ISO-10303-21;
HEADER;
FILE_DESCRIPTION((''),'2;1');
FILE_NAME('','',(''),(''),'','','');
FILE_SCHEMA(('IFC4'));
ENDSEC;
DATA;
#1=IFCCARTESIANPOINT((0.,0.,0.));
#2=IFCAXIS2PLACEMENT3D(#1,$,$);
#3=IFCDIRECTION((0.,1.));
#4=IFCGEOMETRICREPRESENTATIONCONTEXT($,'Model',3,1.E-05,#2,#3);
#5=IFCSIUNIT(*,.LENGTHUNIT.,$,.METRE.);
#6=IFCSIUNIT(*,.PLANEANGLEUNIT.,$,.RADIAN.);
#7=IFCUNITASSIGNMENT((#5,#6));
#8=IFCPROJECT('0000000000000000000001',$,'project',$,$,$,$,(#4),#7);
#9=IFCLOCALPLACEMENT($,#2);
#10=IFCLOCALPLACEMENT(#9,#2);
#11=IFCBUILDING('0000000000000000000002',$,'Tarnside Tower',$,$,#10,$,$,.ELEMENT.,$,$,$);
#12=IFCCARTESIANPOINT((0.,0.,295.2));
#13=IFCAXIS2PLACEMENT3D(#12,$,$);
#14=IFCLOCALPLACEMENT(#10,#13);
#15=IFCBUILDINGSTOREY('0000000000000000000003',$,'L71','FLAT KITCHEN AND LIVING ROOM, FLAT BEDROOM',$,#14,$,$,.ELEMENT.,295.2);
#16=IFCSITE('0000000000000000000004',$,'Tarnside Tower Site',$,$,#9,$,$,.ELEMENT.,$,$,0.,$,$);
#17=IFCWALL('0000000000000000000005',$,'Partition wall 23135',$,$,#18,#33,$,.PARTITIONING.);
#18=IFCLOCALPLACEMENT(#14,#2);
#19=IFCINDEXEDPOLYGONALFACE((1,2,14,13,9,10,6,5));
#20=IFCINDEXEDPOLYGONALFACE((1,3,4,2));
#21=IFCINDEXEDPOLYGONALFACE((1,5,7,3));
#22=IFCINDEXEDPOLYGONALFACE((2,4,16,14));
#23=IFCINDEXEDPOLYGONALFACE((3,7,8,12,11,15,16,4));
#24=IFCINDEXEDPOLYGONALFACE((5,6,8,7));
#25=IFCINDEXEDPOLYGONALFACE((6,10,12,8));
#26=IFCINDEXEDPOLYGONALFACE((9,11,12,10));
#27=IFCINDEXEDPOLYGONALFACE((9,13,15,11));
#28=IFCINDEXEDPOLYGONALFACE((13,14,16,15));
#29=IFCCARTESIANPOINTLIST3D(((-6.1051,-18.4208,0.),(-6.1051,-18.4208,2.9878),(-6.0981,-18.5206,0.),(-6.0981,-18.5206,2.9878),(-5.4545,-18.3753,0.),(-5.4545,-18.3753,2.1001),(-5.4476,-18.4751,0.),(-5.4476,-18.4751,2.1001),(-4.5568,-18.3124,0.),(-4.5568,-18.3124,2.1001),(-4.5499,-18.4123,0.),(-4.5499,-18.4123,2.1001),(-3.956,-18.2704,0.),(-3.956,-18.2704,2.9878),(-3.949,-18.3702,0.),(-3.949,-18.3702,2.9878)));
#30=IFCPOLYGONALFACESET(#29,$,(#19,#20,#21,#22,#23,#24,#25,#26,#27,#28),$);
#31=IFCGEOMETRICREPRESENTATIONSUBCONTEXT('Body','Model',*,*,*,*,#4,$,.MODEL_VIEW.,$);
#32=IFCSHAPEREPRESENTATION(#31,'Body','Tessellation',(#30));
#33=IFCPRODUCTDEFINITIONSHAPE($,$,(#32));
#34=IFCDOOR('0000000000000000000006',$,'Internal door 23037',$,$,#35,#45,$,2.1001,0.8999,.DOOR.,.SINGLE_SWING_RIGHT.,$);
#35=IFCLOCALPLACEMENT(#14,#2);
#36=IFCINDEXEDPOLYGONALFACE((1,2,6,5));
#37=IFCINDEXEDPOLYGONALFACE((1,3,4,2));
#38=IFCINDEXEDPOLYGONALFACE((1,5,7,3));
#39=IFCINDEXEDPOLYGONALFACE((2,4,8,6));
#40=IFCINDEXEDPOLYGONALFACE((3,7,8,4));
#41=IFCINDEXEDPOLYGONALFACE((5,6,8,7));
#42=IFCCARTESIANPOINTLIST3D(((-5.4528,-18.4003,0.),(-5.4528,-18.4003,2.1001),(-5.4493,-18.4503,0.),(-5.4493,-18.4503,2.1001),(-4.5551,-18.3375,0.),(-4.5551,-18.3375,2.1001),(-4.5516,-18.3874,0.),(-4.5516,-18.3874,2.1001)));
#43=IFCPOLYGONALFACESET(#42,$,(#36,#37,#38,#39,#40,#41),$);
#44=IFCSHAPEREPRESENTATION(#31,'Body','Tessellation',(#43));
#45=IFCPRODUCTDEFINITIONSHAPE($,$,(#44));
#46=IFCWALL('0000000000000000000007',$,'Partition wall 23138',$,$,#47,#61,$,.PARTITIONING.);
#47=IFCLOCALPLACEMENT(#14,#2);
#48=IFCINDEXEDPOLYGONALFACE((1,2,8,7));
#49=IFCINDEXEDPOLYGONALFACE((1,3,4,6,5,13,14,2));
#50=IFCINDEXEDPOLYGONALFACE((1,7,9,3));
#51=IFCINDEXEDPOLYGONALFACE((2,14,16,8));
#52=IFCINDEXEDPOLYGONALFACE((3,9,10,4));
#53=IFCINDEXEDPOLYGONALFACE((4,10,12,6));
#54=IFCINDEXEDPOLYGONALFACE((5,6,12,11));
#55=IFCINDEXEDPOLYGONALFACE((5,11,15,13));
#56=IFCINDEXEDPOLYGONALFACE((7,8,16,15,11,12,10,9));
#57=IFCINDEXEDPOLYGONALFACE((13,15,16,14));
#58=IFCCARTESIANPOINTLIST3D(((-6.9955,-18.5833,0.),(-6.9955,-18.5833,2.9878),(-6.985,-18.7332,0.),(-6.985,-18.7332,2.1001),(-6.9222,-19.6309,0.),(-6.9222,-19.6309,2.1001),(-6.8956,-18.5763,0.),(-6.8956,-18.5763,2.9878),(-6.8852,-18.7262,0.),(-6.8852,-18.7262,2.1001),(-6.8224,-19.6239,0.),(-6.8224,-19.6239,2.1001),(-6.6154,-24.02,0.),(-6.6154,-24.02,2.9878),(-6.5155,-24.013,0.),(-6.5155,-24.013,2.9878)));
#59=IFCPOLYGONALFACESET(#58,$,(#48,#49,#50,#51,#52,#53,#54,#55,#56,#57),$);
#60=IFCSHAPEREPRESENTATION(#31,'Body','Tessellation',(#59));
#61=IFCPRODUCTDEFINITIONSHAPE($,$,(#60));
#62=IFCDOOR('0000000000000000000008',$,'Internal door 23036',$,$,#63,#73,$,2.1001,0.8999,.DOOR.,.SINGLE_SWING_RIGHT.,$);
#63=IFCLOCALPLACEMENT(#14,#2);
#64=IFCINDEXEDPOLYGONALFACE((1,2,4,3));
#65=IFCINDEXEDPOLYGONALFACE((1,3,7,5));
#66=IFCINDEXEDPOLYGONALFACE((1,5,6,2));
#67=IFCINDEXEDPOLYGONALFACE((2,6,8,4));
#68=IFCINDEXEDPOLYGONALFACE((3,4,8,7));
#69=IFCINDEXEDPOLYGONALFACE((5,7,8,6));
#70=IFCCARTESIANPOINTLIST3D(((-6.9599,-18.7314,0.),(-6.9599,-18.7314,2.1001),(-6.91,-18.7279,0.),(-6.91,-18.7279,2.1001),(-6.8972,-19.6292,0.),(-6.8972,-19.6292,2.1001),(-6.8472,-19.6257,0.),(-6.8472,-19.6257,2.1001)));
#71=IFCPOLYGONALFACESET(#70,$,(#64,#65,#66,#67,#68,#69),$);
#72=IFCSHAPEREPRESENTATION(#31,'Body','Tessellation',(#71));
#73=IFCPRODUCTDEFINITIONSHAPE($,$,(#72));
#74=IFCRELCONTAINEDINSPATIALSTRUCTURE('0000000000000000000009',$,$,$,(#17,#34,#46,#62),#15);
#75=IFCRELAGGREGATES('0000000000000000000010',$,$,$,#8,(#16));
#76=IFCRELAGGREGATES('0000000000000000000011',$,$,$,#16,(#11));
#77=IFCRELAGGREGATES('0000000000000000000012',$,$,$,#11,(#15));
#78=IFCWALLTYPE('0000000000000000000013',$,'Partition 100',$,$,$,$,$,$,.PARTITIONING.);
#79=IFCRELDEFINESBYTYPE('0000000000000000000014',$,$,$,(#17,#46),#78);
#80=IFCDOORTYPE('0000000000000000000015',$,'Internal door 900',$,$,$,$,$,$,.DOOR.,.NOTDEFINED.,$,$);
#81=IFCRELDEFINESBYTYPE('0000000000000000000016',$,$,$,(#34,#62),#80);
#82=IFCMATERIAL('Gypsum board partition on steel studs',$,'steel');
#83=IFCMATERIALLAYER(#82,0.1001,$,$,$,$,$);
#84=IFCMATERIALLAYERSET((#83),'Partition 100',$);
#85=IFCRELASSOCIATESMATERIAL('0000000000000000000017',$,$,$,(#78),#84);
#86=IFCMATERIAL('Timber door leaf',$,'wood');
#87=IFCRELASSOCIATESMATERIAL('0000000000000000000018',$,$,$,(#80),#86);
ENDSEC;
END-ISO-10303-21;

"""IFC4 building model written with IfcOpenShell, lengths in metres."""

from ifc_helpers import new_model, si_unit, direction, frame, frame_2d, origin, place, context, subcontext, project, spatial, rectangle, extrude, material, layer, layer_set, type_object, element, fill, save


model = new_model("IFC4")

# Units and contexts
model_context = context("Model", 3, precision=1e-05, world=origin(), true_north=direction((0.0, 1.0)))
body_context = subcontext(model_context, "Body", "Model", "MODEL_VIEW")
ifc_project = project(units=[si_unit("LENGTHUNIT", "METRE"), si_unit("PLANEANGLEUNIT", "RADIAN")], contexts=[model_context])

# Site, building, storey
site_placement = place(None, origin())
site = spatial("IfcSite", under=ifc_project, at=site_placement, Name="Tarnside Tower Site", CompositionType="ELEMENT", RefElevation=0.0)
building_placement = place(site_placement, origin())
building = spatial("IfcBuilding", under=site, at=building_placement, Name="Tarnside Tower", CompositionType="ELEMENT")
storey_placement = place(building_placement, frame((0.0, 0.0, 295.2)))
storey = spatial("IfcBuildingStorey", under=building, at=storey_placement, Name="L71", Description="FLAT KITCHEN AND LIVING ROOM, FLAT BEDROOM", CompositionType="ELEMENT", Elevation=295.2)

# Shared definitions
ifc_material_1 = material(Name="Gypsum board partition on steel studs", Category="steel")
ifc_layer_1 = layer(ifc_material_1, 0.1001)
ifc_layer_set_1 = layer_set([ifc_layer_1], Name="Partition 100")
wall_type_1 = type_object("IfcWallType", Name="Partition 100", PredefinedType="PARTITIONING", material=ifc_layer_set_1)

# Walls, openings, doors
wall_1_placement = place(storey_placement, frame((-6.1016, -18.4707, 0.0), z_axis=(0.0, 0.0, 1.0), x_axis=(0.99756, 0.069813, 0.0)))
wall_1 = element("IfcWall", 1, at=wall_1_placement, inside=storey, type_object=wall_type_1, Name="Partition wall 23135", PredefinedType="PARTITIONING", context=body_context, shape_type="SweptSolid", body=[
    extrude(rectangle(XDim=2.1543, YDim=0.1001, at=frame_2d((1.0771, 0.0))), origin(), (0.0, 0.0, 1.0), 2.9878),
])
opening_1_placement = place(wall_1_placement, frame((0.6521, 0.0, 0.0)))
opening_1 = element("IfcOpeningElement", 2, at=opening_1_placement, cuts=wall_1, PredefinedType="OPENING", context=body_context, shape_type="SweptSolid", body=[
    extrude(rectangle(XDim=0.8999, YDim=2.1001, at=frame_2d((0.45, 1.05))), frame((0.0, 0.0601, 0.0), z_axis=(0.0, -1.0, 0.0), x_axis=(1.0, 0.0, 0.0)), (0.0, 0.0, 1.0), 0.1201),
])
ifc_material_2 = material(Name="Timber door leaf", Category="wood")
door_type = type_object("IfcDoorType", Name="Internal door 900", OperationType="NOTDEFINED", PredefinedType="DOOR", material=ifc_material_2)
door_1_placement = place(opening_1_placement, origin())
door_1 = element("IfcDoor", 3, at=door_1_placement, inside=storey, type_object=door_type, Name="Internal door 23037", OperationType="SINGLE_SWING_RIGHT", OverallHeight=2.1001, OverallWidth=0.8999, PredefinedType="DOOR", context=body_context, shape_type="SweptSolid", body=[
    extrude(rectangle(XDim=0.8999, YDim=2.1001, at=frame_2d((0.45, 1.05))), frame((0.0, 0.0249, 0.0), z_axis=(0.0, -1.0, 0.0), x_axis=(1.0, 0.0, 0.0)), (0.0, 0.0, 1.0), 0.05),
])
fill(opening_1, door_1)
wall_2_placement = place(storey_placement, frame((-6.5654, -24.0166, 0.0), z_axis=(0.0, 0.0, 1.0), x_axis=(-0.069748, 0.997565, 0.0)))
wall_2 = element("IfcWall", 4, at=wall_2_placement, inside=storey, type_object=wall_type_1, Name="Partition wall 23138", PredefinedType="PARTITIONING", context=body_context, shape_type="SweptSolid", body=[
    extrude(rectangle(XDim=5.45, YDim=0.1001, at=frame_2d((2.7251, 0.0))), origin(), (0.0, 0.0, 1.0), 2.9878),
])
opening_2_placement = place(wall_2_placement, frame((4.3999, 0.0, 0.0)))
opening_2 = element("IfcOpeningElement", 5, at=opening_2_placement, cuts=wall_2, PredefinedType="OPENING", context=body_context, shape_type="SweptSolid", body=[
    extrude(rectangle(XDim=0.8999, YDim=2.1001, at=frame_2d((0.45, 1.05))), frame((0.0, 0.0601, 0.0), z_axis=(0.0, -1.0, 0.0), x_axis=(1.0, 0.0, 0.0)), (0.0, 0.0, 1.0), 0.1201),
])
door_2_placement = place(opening_2_placement, origin())
door_2 = element("IfcDoor", 6, at=door_2_placement, inside=storey, type_object=door_type, Name="Internal door 23036", OperationType="SINGLE_SWING_RIGHT", OverallHeight=2.1001, OverallWidth=0.8999, PredefinedType="DOOR", context=body_context, shape_type="SweptSolid", body=[
    extrude(rectangle(XDim=0.8999, YDim=2.1001, at=frame_2d((0.45, 1.05))), frame((0.0, 0.0249, 0.0), z_axis=(0.0, -1.0, 0.0), x_axis=(1.0, 0.0, 0.0)), (0.0, 0.0, 1.0), 0.05),
])
fill(opening_2, door_2)

save(model, "model.ifc")
